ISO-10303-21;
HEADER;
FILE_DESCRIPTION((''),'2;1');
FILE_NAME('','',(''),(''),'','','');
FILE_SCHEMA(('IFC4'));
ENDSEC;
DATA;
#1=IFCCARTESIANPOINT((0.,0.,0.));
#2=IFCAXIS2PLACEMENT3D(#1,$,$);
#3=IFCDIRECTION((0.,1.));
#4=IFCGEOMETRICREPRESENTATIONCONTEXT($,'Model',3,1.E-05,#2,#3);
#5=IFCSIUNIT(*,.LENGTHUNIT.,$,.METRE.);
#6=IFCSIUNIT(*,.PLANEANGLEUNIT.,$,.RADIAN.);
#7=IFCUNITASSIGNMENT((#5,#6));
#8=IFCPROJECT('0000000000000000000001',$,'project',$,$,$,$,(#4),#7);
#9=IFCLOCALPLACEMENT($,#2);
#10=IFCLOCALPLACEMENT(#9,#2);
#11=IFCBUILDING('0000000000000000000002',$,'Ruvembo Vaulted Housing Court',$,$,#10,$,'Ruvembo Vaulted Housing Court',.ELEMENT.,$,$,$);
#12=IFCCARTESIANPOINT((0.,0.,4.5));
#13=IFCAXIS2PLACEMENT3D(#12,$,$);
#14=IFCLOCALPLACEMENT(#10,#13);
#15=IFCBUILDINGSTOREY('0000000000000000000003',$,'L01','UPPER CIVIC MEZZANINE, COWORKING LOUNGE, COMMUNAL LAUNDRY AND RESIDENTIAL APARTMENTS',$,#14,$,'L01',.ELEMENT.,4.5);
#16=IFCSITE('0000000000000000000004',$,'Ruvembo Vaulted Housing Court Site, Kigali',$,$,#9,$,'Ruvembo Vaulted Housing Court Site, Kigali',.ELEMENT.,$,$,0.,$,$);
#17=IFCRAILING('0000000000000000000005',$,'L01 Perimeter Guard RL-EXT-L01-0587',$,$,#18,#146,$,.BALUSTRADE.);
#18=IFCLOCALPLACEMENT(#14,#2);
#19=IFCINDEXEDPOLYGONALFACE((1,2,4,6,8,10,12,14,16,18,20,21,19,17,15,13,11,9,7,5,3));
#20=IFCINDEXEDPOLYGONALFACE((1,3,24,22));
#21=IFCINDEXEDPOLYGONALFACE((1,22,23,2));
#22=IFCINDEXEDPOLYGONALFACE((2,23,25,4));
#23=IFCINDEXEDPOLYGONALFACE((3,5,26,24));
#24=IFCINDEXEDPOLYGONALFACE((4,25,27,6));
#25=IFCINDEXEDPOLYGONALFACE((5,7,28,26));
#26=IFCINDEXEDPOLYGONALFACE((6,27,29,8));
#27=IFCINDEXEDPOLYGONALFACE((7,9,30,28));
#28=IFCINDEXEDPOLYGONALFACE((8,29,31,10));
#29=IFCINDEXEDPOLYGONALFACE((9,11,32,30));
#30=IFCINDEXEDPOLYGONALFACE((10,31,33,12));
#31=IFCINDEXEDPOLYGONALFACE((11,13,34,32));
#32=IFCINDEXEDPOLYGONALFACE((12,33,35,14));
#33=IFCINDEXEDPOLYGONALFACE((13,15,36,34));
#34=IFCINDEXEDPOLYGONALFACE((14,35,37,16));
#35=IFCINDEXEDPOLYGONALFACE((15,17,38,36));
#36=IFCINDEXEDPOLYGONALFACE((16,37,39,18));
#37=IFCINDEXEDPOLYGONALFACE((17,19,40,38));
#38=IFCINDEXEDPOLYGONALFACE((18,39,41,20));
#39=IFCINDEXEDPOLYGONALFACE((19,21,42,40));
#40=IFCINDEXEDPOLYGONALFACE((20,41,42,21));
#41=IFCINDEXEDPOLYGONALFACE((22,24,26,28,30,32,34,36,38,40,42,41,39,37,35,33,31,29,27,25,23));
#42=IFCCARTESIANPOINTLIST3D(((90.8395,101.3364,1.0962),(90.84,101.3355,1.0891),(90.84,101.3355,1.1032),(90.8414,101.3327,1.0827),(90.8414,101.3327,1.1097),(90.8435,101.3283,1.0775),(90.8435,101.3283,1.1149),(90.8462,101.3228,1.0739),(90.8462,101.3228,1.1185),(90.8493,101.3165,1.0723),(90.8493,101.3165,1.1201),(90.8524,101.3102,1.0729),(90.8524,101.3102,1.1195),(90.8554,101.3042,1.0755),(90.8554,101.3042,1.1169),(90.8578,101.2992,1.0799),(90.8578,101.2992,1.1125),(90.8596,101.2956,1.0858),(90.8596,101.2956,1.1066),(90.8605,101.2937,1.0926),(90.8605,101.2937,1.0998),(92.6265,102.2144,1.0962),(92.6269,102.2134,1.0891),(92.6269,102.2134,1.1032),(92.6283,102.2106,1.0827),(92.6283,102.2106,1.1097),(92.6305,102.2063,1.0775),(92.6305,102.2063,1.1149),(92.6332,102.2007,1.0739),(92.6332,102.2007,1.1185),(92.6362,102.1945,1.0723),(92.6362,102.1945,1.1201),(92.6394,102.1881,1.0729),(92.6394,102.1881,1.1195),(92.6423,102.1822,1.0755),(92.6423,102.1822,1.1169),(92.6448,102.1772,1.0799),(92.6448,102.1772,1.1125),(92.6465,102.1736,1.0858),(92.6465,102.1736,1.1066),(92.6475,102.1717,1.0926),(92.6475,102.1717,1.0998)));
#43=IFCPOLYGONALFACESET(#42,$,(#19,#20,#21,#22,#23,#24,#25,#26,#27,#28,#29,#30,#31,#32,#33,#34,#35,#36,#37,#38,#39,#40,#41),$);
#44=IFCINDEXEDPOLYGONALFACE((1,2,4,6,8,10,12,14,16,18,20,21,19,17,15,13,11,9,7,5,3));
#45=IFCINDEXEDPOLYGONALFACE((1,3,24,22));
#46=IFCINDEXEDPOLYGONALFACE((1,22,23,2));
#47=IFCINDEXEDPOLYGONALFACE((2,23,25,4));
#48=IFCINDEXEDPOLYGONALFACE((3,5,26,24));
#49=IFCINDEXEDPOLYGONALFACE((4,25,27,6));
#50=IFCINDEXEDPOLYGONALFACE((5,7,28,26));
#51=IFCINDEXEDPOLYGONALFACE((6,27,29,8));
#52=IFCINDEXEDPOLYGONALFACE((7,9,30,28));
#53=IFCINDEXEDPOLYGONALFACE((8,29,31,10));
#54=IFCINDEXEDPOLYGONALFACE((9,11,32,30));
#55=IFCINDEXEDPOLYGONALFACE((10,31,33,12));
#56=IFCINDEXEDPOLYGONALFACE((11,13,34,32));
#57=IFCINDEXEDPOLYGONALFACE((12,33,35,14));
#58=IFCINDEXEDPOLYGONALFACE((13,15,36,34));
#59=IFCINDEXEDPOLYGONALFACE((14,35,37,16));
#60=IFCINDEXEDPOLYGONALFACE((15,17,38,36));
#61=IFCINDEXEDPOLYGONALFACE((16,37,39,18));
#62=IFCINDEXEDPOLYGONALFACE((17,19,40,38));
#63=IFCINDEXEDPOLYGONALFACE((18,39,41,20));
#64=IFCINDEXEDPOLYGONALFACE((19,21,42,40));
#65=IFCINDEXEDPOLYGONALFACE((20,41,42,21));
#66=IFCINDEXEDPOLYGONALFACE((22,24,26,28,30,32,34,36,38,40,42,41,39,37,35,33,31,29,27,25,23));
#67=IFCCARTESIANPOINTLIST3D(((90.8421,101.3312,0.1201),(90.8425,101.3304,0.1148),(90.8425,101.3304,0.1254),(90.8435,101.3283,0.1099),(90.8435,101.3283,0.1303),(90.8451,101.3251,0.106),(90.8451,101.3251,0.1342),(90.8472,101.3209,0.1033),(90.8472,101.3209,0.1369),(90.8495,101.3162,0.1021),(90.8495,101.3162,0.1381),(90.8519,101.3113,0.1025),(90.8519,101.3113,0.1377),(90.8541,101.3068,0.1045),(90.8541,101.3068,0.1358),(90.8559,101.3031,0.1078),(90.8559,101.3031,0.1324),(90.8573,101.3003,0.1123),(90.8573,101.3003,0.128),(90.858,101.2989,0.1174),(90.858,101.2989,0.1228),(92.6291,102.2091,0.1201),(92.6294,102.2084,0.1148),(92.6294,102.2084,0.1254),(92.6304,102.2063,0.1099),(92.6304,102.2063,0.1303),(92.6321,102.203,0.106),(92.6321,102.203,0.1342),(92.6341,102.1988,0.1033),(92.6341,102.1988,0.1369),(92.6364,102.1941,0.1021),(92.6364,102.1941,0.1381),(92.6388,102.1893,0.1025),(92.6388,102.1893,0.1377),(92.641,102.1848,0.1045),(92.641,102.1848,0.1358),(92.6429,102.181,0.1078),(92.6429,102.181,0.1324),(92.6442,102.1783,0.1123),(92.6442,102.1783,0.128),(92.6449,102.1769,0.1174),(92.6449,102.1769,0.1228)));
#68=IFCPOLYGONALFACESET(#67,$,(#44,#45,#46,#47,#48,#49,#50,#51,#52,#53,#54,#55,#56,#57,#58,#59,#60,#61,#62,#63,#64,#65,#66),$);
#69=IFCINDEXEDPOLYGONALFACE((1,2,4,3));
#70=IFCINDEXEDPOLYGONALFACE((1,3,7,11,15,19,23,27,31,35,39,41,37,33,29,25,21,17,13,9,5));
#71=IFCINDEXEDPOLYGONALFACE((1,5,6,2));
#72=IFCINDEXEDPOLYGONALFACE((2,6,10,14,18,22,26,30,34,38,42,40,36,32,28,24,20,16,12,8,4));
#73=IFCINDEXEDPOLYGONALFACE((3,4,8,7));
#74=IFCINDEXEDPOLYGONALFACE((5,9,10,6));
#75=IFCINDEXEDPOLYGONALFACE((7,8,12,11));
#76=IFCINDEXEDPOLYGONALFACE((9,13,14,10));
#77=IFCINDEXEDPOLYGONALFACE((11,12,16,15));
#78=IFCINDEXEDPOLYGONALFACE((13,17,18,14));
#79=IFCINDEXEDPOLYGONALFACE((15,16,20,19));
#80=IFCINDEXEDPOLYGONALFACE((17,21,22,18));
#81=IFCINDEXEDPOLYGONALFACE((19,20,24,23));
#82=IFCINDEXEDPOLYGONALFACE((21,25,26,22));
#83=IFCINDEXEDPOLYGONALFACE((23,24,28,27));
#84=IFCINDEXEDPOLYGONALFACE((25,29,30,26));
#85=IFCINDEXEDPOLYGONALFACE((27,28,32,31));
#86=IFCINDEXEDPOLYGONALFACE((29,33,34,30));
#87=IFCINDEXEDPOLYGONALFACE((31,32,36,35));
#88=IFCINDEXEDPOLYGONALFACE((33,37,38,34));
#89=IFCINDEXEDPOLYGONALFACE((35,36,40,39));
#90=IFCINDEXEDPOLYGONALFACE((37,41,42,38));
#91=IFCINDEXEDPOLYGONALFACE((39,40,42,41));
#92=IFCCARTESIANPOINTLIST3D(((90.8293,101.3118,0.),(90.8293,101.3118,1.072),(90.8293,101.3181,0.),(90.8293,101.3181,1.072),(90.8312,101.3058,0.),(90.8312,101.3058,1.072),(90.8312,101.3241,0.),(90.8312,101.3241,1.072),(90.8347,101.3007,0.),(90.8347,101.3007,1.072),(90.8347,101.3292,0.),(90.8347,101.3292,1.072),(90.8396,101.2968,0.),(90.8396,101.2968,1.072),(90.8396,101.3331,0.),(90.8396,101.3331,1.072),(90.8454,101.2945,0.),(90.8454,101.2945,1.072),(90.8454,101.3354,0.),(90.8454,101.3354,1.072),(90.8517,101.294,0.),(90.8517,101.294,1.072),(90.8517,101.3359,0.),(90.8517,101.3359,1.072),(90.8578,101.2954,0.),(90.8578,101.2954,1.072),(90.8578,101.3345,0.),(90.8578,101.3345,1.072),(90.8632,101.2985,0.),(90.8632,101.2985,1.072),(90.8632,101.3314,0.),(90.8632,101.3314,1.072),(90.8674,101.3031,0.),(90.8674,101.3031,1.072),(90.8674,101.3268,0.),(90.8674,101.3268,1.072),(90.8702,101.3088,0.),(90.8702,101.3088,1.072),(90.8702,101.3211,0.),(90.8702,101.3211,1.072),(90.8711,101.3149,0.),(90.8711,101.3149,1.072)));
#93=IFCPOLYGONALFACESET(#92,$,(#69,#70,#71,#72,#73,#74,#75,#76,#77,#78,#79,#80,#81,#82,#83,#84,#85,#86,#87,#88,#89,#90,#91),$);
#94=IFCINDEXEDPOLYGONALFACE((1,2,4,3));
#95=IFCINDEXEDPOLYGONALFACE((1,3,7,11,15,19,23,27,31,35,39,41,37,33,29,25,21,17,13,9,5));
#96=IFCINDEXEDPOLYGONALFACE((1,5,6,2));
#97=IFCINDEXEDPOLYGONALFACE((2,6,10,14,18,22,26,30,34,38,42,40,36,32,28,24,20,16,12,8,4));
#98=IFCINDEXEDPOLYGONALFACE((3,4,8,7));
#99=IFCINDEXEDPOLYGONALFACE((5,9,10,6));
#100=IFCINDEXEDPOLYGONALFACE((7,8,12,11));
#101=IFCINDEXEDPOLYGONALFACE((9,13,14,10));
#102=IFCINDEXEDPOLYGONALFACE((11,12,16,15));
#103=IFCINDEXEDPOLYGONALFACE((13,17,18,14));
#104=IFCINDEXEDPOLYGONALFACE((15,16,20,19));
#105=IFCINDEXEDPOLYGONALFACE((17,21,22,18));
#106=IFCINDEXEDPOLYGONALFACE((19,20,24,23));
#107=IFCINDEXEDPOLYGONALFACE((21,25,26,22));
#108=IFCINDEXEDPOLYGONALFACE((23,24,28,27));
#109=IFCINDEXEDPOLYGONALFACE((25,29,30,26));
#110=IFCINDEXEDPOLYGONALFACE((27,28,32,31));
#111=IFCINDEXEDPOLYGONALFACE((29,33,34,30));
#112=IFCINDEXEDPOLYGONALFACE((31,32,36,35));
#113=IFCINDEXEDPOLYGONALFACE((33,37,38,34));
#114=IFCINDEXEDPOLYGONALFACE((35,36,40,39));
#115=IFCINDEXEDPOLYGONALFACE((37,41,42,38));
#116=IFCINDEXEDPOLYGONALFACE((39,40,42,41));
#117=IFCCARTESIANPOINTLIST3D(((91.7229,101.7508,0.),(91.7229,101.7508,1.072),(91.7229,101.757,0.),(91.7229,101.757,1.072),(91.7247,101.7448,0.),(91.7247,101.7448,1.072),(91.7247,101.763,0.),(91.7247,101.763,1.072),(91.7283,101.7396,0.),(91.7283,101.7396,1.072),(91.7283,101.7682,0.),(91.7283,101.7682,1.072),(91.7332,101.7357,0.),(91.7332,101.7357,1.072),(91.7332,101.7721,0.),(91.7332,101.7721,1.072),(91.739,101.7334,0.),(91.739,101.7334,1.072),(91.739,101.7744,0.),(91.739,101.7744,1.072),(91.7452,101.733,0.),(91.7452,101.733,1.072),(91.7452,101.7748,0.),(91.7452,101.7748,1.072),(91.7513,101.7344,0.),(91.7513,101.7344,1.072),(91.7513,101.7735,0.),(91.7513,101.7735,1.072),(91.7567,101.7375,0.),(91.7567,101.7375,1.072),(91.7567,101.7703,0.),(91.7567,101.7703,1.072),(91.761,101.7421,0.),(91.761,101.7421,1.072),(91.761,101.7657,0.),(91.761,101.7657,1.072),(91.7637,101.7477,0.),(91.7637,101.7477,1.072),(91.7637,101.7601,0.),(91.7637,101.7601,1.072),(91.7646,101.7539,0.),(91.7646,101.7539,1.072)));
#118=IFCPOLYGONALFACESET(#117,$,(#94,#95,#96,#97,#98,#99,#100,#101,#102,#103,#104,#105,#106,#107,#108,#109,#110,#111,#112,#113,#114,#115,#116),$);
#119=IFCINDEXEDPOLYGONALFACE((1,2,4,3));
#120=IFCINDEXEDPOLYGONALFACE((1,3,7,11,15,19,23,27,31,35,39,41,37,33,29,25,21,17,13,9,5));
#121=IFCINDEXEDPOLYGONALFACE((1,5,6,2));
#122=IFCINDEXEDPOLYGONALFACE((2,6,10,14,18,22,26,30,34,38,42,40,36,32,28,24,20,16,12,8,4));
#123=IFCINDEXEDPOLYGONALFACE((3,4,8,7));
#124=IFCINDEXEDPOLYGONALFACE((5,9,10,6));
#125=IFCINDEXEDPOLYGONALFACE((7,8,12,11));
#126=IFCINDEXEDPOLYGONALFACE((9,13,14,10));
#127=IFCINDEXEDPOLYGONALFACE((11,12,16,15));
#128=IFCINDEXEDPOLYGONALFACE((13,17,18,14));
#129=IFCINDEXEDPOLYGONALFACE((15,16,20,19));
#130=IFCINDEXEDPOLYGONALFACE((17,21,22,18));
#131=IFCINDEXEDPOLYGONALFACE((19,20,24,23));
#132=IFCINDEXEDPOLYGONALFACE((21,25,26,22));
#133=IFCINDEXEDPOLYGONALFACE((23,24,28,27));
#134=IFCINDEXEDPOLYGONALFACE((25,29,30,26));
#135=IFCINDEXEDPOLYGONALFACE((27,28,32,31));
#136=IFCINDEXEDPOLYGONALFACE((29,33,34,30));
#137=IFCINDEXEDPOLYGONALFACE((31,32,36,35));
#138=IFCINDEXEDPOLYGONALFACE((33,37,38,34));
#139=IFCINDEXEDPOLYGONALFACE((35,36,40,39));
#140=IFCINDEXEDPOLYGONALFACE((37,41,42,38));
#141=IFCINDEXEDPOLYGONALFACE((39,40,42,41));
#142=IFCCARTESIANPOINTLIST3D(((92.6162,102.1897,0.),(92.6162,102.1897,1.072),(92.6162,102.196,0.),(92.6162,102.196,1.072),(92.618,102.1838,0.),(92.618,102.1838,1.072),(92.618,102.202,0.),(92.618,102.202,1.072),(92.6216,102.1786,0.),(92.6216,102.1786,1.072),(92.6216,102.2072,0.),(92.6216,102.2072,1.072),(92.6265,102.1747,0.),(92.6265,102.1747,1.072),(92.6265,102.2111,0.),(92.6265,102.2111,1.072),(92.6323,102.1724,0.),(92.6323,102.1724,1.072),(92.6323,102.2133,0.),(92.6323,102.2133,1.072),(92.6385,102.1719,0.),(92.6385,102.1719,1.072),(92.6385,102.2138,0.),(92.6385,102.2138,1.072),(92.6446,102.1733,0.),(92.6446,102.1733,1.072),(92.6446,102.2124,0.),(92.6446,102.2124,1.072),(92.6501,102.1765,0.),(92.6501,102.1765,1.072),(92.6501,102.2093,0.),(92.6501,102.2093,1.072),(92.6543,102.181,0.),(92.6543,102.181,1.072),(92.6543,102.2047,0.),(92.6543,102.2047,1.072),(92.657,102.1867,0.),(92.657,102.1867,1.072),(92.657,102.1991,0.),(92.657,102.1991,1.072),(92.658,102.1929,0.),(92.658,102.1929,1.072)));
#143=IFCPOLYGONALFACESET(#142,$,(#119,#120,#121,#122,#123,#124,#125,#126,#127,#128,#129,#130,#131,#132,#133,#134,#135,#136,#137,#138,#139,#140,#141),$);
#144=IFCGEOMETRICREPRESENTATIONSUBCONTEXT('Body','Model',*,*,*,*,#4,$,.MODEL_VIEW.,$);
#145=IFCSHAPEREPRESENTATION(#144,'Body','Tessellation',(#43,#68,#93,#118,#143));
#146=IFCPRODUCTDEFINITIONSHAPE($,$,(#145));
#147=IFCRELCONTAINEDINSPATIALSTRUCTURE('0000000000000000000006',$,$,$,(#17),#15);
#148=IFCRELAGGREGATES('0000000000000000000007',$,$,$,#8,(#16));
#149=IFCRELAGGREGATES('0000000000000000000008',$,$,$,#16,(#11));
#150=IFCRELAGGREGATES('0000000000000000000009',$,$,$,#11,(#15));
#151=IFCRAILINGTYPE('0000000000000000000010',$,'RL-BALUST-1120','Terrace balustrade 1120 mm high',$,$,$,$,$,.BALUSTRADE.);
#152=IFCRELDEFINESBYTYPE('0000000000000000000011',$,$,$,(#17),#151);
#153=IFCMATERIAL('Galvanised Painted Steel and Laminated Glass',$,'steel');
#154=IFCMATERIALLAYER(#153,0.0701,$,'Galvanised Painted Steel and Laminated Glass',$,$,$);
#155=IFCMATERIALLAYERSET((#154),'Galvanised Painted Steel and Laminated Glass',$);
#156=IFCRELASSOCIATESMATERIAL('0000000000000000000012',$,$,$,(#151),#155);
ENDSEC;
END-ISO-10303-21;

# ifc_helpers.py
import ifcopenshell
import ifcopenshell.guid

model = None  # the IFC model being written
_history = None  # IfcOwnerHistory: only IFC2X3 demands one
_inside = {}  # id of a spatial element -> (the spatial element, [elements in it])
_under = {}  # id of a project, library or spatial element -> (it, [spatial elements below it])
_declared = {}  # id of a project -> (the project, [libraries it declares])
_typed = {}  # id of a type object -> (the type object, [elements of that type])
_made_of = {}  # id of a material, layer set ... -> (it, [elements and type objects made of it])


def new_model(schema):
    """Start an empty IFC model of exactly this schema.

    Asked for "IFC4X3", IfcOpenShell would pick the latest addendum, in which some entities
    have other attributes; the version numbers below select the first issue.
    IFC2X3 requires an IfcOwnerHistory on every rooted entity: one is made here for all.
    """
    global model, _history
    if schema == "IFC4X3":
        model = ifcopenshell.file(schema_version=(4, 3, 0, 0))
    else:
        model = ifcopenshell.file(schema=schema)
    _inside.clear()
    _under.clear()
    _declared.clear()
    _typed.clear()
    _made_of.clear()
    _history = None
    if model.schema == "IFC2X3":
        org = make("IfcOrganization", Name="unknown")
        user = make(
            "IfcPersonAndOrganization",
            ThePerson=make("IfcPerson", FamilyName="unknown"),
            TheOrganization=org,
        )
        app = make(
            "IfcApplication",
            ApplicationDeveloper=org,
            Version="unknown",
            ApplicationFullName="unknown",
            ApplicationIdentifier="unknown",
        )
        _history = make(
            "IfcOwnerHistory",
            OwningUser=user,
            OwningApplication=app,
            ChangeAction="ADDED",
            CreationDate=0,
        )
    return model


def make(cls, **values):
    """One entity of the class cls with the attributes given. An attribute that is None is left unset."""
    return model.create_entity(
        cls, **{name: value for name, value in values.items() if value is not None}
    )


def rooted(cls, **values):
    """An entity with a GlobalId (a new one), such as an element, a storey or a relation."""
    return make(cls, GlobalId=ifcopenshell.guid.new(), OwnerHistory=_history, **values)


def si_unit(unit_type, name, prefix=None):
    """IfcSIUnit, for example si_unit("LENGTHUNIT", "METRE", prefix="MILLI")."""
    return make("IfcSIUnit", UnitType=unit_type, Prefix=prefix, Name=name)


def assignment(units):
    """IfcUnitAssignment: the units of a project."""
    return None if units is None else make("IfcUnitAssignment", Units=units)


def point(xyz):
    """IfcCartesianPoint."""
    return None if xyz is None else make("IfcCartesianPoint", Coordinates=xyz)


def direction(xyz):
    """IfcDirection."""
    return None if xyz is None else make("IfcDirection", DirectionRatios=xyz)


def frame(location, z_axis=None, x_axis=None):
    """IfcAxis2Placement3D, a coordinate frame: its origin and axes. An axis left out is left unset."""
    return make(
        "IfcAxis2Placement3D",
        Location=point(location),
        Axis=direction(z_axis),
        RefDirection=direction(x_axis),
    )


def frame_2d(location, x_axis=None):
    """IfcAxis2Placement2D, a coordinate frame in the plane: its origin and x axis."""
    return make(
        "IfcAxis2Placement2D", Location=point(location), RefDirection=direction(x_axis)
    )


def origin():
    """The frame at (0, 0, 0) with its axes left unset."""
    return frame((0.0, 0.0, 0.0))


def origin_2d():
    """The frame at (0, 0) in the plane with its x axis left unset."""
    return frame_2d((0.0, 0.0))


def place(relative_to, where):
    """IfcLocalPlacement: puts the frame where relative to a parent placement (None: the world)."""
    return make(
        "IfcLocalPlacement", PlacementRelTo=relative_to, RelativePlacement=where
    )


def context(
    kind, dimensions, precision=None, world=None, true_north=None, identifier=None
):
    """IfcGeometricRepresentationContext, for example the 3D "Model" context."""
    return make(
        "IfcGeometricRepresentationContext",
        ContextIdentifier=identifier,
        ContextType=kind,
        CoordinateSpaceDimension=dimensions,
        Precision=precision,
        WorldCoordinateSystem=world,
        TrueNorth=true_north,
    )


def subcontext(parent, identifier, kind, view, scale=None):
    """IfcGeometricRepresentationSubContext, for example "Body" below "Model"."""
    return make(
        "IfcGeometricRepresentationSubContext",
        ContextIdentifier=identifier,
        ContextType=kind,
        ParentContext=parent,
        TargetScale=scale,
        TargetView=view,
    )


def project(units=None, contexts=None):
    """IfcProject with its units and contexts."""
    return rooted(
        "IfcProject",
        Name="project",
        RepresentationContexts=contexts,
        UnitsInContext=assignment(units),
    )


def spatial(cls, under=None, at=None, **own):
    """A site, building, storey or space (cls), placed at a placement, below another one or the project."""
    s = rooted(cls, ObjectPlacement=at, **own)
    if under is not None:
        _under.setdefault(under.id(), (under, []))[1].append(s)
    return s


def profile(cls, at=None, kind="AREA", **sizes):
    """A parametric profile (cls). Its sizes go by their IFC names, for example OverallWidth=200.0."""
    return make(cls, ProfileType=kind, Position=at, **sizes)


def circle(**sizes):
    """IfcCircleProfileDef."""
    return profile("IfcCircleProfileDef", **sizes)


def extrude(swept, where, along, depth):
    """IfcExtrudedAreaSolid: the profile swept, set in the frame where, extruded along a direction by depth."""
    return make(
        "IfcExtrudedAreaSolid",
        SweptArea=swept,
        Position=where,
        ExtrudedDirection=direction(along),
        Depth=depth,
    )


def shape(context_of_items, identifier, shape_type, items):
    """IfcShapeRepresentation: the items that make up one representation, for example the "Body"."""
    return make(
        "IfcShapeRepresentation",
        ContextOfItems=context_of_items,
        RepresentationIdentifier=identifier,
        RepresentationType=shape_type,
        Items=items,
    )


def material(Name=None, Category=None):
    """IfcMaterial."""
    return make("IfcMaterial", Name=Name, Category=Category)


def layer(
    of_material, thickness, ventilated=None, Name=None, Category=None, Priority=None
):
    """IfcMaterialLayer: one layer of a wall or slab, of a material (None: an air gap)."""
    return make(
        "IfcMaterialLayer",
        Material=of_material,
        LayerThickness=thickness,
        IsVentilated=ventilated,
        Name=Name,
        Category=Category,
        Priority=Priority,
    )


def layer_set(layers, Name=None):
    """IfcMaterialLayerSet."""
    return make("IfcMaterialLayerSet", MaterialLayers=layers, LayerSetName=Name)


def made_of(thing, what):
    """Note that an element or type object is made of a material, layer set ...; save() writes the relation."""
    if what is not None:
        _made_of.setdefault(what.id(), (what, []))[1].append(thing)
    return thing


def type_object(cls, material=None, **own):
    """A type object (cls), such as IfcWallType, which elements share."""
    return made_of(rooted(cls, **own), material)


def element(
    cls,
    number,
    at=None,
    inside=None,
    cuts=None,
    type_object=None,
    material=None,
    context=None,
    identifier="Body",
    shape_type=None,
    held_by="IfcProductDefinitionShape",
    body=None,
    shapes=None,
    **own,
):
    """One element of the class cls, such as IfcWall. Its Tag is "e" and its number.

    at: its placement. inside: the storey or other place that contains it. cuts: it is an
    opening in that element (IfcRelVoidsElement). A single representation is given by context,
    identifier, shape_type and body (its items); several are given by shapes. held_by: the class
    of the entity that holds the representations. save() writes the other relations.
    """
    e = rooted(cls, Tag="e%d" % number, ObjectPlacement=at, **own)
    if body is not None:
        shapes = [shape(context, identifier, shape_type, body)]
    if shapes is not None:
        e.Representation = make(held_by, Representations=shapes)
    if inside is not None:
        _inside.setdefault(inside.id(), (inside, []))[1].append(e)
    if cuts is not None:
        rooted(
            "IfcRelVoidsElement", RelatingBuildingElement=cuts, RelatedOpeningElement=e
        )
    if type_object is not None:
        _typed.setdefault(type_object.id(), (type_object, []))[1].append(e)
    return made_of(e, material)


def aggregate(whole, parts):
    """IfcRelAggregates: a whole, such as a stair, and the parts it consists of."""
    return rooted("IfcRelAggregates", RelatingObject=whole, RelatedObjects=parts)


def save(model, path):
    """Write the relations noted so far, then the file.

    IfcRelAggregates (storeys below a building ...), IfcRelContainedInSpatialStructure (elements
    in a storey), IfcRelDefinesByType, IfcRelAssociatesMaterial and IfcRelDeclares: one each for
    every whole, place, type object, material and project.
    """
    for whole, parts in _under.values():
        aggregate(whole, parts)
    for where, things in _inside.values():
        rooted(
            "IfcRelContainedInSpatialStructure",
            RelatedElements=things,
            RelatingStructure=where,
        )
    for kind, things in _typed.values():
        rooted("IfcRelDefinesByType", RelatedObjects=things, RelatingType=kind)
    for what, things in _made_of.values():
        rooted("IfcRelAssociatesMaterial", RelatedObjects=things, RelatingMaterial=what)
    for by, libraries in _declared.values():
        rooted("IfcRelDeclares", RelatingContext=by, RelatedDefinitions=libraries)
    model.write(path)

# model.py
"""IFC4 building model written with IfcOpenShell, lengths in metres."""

from ifc_helpers import new_model, si_unit, direction, frame, origin, origin_2d, place, context, subcontext, project, spatial, circle, extrude, material, layer, layer_set, type_object, element, save


model = new_model("IFC4")

# Units and contexts
model_context = context("Model", 3, precision=1e-05, world=origin(), true_north=direction((0.0, 1.0)))
body_context = subcontext(model_context, "Body", "Model", "MODEL_VIEW")
ifc_project = project(units=[si_unit("LENGTHUNIT", "METRE"), si_unit("PLANEANGLEUNIT", "RADIAN")], contexts=[model_context])

# Site, building, storey
site_placement = place(None, origin())
site = spatial("IfcSite", under=ifc_project, at=site_placement, Name="Ruvembo Vaulted Housing Court Site, Kigali", LongName="Ruvembo Vaulted Housing Court Site, Kigali", CompositionType="ELEMENT", RefElevation=0.0)
building_placement = place(site_placement, origin())
building = spatial("IfcBuilding", under=site, at=building_placement, Name="Ruvembo Vaulted Housing Court", LongName="Ruvembo Vaulted Housing Court", CompositionType="ELEMENT")
storey_placement = place(building_placement, frame((0.0, 0.0, 4.5)))
storey = spatial("IfcBuildingStorey", under=building, at=storey_placement, Name="L01", Description="UPPER CIVIC MEZZANINE, COWORKING LOUNGE, COMMUNAL LAUNDRY AND RESIDENTIAL APARTMENTS", LongName="L01", CompositionType="ELEMENT", Elevation=4.5)

# Railing
ifc_material_1 = material(Name="Galvanised Painted Steel and Laminated Glass", Category="steel")
ifc_layer_1 = layer(ifc_material_1, 0.0701, Name="Galvanised Painted Steel and Laminated Glass")
ifc_layer_set_1 = layer_set([ifc_layer_1], Name="Galvanised Painted Steel and Laminated Glass")
railing_type = type_object("IfcRailingType", Name="RL-BALUST-1120", Description="Terrace balustrade 1120 mm high", PredefinedType="BALUSTRADE", material=ifc_layer_set_1)
railing_1_placement = place(storey_placement, frame((90.8501, 101.3149, 0.0)))
element("IfcRailing", 1, at=railing_1_placement, inside=storey, type_object=railing_type, Name="L01 Perimeter Guard RL-EXT-L01-0587", PredefinedType="BALUSTRADE", context=body_context, shape_type="SweptSolid", body=[
    extrude(circle(Radius=0.0239, at=origin_2d()), frame((0.0, 0.0, 1.0962), z_axis=(0.89752, 0.440973, 0.0), x_axis=(-0.440973, 0.89752, 0.0)), (0.0, 0.0, 1.0), 1.991),
    extrude(circle(Radius=0.0181, at=origin_2d()), frame((0.0, 0.0, 0.1201), z_axis=(0.89752, 0.440973, 0.0), x_axis=(-0.440973, 0.89752, 0.0)), (0.0, 0.0, 1.0), 1.991),
    extrude(circle(Radius=0.021, at=origin_2d()), origin(), (0.0, 0.0, 1.0), 1.072),
    extrude(circle(Radius=0.021, at=origin_2d()), frame((0.8936, 0.439, 0.0)), (0.0, 0.0, 1.0), 1.072),
    extrude(circle(Radius=0.021, at=origin_2d()), frame((1.7869, 0.8779, 0.0)), (0.0, 0.0, 1.0), 1.072),
])

save(model, "model.ifc")
